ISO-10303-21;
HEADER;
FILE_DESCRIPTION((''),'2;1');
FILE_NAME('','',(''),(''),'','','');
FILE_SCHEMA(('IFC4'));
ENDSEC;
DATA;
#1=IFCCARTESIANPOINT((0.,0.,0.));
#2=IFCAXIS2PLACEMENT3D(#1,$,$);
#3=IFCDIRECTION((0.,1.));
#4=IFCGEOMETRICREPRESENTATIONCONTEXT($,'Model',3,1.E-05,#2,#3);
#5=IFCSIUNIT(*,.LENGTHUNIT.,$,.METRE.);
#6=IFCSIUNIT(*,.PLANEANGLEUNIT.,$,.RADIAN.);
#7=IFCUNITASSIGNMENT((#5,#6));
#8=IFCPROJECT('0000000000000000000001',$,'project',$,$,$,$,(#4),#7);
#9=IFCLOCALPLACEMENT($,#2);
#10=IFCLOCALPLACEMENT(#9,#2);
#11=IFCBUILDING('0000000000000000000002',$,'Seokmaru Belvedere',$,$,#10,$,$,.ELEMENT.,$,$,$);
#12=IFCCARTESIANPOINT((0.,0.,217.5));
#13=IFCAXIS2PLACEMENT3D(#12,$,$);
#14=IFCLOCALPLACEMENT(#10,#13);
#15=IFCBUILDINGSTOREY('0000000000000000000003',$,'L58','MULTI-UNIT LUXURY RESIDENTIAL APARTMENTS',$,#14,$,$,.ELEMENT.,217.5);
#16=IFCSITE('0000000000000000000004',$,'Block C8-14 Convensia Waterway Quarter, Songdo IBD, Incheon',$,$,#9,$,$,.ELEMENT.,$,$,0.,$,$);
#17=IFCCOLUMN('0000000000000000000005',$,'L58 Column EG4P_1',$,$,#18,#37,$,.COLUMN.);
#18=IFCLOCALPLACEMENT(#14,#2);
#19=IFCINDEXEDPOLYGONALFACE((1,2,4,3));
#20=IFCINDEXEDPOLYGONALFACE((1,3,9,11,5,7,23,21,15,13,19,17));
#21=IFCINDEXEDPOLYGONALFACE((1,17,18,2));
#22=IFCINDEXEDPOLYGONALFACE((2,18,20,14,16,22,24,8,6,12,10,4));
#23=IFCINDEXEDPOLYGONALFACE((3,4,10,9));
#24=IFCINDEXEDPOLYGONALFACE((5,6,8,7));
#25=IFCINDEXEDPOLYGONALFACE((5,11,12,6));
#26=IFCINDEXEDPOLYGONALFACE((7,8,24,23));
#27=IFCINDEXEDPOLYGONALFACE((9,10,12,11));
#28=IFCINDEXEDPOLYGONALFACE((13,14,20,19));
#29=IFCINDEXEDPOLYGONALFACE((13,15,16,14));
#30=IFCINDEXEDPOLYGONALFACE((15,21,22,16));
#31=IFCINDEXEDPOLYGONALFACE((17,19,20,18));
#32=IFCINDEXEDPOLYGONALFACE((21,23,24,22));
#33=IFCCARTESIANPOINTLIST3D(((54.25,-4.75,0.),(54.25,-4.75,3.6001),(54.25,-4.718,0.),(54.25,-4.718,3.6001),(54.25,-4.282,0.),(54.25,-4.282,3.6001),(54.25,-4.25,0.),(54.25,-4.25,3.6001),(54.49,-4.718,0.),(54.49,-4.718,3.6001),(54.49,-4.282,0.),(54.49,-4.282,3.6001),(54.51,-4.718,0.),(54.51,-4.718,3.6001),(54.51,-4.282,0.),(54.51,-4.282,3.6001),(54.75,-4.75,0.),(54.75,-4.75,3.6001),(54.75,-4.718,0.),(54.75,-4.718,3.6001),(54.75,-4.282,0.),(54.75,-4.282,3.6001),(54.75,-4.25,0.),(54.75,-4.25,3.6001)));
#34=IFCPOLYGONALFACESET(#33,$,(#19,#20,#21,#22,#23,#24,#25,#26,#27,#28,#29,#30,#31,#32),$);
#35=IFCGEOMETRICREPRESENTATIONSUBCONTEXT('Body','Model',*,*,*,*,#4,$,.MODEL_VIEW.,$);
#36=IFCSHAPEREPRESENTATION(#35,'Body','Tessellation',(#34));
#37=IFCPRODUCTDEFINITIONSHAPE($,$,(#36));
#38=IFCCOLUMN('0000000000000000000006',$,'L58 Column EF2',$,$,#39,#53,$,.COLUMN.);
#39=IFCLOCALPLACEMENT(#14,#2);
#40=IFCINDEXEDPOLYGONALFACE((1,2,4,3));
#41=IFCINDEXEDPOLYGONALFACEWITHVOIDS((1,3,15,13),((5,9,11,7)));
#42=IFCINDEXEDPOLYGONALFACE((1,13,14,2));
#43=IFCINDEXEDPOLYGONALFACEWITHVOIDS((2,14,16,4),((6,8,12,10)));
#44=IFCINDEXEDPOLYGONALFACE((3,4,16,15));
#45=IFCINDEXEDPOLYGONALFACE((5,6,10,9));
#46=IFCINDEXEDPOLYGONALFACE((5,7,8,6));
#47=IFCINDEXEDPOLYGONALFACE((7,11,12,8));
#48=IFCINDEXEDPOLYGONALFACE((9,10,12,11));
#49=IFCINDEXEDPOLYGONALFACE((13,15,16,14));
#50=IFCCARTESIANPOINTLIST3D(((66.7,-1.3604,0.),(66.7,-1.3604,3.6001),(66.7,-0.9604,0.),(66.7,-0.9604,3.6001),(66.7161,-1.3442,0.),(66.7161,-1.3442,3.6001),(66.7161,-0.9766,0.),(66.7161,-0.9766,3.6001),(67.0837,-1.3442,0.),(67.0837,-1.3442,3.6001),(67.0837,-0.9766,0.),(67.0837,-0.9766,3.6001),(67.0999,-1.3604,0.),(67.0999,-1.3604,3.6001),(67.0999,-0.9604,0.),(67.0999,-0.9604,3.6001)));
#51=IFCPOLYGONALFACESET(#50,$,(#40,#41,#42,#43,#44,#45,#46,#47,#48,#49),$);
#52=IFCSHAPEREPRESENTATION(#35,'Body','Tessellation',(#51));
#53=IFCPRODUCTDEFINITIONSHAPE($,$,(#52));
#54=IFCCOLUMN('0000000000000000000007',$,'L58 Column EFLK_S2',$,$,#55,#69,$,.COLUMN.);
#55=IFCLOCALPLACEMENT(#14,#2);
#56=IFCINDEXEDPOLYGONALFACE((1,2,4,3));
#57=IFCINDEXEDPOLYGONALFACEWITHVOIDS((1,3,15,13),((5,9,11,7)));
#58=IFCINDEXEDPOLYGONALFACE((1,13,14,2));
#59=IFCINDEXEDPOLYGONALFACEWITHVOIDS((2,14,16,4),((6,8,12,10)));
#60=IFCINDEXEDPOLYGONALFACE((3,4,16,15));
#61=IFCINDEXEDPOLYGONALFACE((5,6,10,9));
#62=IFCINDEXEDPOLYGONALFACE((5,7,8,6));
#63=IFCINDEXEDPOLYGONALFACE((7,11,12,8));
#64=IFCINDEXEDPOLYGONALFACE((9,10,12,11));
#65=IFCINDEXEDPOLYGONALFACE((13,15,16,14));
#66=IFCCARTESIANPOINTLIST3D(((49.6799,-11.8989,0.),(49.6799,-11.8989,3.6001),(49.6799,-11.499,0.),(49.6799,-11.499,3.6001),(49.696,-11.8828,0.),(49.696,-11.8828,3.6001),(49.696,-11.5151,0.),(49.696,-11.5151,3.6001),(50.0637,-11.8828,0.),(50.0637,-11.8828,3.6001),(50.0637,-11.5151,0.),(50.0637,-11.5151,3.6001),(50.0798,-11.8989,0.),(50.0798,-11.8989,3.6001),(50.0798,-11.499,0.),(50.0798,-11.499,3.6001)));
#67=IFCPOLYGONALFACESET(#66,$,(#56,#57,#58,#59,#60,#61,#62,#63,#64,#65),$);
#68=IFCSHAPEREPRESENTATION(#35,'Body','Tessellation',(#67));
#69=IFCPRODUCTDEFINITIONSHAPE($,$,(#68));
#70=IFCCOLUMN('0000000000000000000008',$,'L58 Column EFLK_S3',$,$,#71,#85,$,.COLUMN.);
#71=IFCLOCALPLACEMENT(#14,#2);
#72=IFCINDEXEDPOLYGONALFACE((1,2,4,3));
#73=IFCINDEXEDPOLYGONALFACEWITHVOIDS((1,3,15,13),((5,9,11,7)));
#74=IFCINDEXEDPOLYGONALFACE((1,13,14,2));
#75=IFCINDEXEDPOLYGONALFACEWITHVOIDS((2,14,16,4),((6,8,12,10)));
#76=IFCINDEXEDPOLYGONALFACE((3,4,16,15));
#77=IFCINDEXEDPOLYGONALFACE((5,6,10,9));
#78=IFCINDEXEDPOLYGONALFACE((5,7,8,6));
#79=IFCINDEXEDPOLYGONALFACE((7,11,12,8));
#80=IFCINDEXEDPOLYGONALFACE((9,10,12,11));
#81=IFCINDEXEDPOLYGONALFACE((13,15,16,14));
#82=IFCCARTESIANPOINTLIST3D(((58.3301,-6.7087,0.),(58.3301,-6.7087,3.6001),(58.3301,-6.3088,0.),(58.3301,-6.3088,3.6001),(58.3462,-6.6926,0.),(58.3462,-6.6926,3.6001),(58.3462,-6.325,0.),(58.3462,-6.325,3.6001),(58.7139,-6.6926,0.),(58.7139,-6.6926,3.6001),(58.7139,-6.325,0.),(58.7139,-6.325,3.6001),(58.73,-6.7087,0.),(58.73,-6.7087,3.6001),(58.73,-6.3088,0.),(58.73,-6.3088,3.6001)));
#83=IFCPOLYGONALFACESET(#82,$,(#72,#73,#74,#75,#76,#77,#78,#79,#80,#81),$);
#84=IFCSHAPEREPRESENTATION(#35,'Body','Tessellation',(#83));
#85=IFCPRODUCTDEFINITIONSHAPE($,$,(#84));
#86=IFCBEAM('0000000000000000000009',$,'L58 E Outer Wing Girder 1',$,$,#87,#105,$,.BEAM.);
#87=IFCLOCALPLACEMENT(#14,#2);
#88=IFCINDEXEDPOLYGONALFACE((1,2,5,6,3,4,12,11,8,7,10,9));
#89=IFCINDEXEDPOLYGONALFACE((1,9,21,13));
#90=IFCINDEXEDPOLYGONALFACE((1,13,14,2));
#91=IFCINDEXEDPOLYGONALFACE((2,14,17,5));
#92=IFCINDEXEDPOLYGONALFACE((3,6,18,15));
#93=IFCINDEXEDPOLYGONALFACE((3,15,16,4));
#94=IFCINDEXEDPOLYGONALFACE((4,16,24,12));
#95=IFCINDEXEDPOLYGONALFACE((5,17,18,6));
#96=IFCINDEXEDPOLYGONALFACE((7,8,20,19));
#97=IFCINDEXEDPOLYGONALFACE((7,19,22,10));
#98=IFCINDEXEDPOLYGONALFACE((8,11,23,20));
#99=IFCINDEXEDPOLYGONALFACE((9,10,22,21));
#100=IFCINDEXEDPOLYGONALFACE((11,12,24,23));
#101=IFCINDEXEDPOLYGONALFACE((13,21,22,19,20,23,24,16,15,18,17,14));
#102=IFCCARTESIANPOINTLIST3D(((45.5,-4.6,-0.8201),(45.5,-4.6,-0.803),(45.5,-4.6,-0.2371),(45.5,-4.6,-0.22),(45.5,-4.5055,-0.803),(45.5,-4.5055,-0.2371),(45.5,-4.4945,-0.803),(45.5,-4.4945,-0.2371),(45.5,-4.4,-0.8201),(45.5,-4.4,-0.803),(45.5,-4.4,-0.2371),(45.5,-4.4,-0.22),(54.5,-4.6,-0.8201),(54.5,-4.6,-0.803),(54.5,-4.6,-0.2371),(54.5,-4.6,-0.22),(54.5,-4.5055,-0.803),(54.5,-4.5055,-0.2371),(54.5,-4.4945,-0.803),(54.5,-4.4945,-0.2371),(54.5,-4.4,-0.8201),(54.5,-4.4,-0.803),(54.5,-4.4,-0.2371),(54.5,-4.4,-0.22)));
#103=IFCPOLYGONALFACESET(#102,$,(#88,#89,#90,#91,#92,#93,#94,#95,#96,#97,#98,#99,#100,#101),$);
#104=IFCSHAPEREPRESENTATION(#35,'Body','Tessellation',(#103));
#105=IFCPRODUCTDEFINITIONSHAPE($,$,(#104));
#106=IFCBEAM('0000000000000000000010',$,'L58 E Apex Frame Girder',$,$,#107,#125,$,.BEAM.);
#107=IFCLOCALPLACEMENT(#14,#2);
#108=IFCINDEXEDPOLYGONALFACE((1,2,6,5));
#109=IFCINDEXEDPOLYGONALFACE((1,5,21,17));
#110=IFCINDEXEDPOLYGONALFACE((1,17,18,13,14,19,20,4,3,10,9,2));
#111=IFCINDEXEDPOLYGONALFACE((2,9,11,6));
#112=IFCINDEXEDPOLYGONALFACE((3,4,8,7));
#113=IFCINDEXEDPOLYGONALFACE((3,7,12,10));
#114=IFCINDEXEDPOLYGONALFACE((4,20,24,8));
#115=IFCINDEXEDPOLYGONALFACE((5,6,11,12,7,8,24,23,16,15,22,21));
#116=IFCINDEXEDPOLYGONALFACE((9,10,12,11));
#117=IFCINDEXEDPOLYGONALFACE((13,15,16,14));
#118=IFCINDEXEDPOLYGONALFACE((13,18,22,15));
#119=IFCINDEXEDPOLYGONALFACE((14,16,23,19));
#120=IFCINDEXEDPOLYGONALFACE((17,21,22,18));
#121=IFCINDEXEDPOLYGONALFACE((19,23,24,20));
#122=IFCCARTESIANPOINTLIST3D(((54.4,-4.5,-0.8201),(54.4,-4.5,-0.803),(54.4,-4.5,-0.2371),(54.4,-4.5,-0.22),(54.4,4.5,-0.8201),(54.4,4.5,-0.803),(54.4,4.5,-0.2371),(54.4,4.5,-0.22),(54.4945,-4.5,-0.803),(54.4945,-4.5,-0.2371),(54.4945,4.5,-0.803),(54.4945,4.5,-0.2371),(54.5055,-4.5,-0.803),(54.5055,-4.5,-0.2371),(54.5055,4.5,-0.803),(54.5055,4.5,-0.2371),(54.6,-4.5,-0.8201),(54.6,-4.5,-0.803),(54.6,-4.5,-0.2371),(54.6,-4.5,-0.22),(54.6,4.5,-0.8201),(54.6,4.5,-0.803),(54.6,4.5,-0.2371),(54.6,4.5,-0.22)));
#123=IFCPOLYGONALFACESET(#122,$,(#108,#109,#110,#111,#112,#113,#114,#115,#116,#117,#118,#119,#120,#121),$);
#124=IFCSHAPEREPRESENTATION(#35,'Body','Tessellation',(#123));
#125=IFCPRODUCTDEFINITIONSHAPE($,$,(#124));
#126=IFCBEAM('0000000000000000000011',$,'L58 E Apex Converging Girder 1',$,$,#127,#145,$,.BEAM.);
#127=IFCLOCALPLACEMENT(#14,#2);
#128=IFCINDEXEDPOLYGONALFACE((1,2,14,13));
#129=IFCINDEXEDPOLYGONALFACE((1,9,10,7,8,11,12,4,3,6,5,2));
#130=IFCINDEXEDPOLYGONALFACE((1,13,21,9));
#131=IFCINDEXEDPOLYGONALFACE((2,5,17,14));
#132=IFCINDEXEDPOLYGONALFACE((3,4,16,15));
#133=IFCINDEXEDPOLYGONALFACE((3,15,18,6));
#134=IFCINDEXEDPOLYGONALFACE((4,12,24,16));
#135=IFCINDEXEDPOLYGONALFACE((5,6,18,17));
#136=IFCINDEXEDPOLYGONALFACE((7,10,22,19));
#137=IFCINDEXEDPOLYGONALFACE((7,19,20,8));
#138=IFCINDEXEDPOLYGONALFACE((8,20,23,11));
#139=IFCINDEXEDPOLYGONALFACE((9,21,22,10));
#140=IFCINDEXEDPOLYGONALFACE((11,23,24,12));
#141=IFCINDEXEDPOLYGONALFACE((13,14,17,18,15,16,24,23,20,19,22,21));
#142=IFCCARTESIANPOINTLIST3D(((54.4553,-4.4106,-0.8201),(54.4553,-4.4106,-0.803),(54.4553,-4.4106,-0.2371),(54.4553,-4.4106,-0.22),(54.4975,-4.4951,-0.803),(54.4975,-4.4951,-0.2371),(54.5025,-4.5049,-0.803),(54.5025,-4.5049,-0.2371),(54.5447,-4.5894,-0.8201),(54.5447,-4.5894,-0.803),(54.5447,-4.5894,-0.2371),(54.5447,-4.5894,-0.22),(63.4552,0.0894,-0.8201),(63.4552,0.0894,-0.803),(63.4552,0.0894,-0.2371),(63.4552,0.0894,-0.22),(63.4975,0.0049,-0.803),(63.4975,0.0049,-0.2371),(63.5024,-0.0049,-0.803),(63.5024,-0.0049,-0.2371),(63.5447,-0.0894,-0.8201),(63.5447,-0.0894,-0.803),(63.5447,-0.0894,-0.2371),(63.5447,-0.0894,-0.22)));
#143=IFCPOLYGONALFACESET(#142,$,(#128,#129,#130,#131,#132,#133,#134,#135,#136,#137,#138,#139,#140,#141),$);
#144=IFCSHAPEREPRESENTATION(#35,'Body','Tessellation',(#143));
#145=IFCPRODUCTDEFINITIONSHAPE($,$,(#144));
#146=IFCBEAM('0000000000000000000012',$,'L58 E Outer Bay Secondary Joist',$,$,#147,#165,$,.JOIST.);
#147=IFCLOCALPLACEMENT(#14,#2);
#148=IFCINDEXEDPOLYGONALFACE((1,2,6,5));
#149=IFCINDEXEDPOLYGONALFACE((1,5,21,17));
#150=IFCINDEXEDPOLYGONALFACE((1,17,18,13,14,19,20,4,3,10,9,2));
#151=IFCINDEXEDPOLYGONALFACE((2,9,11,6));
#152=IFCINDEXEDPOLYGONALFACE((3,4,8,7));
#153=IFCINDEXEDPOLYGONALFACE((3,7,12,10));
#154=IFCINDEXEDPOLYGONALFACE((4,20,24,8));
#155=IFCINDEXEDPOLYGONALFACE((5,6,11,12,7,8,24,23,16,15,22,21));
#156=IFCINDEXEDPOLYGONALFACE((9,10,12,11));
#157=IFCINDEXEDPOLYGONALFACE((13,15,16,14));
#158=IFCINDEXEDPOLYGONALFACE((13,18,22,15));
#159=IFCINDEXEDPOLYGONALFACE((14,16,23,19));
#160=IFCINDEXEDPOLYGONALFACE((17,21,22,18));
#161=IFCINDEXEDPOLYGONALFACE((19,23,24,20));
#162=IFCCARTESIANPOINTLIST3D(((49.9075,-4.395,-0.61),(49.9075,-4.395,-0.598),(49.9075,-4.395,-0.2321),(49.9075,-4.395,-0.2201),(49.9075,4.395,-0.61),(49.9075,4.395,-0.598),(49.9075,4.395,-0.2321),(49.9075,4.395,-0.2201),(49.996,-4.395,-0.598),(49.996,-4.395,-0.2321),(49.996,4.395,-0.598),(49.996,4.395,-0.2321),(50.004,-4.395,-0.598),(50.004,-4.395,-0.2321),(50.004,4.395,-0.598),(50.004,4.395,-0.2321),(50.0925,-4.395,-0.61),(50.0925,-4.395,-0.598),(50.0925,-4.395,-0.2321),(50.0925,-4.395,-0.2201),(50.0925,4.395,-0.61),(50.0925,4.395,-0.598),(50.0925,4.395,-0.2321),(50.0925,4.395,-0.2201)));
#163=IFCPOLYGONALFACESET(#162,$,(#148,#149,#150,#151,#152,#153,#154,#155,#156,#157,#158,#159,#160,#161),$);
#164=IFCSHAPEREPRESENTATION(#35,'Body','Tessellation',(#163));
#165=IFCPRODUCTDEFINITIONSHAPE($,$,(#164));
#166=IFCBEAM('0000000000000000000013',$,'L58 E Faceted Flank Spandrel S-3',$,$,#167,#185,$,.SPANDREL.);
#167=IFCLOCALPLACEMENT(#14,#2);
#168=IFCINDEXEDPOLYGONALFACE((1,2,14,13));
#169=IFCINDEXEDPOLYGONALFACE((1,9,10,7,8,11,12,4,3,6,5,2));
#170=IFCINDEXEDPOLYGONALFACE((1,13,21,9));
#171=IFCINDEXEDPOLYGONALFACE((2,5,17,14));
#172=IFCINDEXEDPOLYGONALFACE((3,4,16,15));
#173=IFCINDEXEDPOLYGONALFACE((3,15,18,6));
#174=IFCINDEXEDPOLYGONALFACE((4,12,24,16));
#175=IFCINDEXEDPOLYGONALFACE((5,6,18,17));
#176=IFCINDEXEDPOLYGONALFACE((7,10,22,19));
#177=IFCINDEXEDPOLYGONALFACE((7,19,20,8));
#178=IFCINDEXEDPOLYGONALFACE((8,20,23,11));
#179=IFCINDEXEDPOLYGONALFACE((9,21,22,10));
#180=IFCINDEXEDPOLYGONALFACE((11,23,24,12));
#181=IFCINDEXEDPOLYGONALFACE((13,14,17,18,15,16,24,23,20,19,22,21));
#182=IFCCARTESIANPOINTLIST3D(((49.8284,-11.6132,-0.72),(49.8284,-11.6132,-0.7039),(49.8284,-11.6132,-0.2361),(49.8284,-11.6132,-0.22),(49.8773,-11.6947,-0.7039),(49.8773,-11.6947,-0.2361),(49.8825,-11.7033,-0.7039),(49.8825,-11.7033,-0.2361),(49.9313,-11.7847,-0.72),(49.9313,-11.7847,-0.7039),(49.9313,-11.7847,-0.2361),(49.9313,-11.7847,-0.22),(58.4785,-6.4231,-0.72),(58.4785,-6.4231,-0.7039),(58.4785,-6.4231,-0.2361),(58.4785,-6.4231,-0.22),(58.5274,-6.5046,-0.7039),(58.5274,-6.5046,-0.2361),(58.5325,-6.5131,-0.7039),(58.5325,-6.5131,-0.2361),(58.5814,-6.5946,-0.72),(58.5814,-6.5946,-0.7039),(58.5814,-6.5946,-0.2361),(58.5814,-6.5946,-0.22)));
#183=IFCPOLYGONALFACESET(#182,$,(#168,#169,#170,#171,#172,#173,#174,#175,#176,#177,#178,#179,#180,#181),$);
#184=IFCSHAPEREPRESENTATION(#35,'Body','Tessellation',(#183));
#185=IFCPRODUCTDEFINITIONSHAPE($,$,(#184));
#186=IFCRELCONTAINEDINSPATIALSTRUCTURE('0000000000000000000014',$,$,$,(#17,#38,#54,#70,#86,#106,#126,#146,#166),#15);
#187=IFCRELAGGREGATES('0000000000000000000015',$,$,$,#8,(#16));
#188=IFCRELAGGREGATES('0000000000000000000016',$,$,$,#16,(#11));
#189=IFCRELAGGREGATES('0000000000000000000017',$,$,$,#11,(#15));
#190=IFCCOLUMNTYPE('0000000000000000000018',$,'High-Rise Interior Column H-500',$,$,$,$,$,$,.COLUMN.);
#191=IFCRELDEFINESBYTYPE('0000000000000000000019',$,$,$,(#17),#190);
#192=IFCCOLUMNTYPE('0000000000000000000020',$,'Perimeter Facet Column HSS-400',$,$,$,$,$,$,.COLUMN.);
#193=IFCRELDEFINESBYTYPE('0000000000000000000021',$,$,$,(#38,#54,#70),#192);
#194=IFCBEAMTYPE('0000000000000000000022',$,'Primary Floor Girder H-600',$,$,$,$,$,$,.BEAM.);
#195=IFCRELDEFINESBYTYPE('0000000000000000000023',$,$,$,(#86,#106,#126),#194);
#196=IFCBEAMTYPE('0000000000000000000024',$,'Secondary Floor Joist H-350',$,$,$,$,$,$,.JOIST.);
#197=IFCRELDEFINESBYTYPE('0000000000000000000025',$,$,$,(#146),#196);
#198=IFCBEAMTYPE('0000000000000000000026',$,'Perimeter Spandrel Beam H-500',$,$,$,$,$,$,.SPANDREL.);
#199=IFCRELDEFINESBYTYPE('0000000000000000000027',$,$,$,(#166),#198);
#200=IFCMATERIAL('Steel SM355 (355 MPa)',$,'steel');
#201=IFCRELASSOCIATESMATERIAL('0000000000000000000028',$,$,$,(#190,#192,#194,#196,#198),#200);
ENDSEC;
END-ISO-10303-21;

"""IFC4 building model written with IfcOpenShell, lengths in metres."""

from ifc_helpers import new_model, si_unit, direction, frame, origin, origin_2d, place, context, subcontext, project, spatial, hollow_rectangle, i_section, extrude, source, transform, mapped, material, material_profile, profile_set, type_object, type_shapes, element, save


model = new_model("IFC4")

# Units and contexts
model_context = context("Model", 3, precision=1e-05, world=origin(), true_north=direction((0.0, 1.0)))
body_context = subcontext(model_context, "Body", "Model", "MODEL_VIEW")
ifc_project = project(units=[si_unit("LENGTHUNIT", "METRE"), si_unit("PLANEANGLEUNIT", "RADIAN")], contexts=[model_context])

# Site, building, storey
site_placement = place(None, origin())
site = spatial("IfcSite", under=ifc_project, at=site_placement, Name="Block C8-14 Convensia Waterway Quarter, Songdo IBD, Incheon", CompositionType="ELEMENT", RefElevation=0.0)
building_placement = place(site_placement, origin())
building = spatial("IfcBuilding", under=site, at=building_placement, Name="Seokmaru Belvedere", CompositionType="ELEMENT")
storey_placement = place(building_placement, frame((0.0, 0.0, 217.5)))
storey = spatial("IfcBuildingStorey", under=building, at=storey_placement, Name="L58", Description="MULTI-UNIT LUXURY RESIDENTIAL APARTMENTS", CompositionType="ELEMENT", Elevation=217.5)

# Columns
ifc_material_1 = material(Name="Steel SM355 (355 MPa)", Category="steel")
ifc_material_profile_1 = material_profile(ifc_material_1, i_section(OverallWidth=0.5, OverallDepth=0.5, WebThickness=0.02, FlangeThickness=0.032, at=origin_2d()), Name="H-500x500x20x32")
ifc_profile_set_1 = profile_set([ifc_material_profile_1], Name="Steel SM355 (355 MPa)")
column_type_1 = type_object("IfcColumnType", Name="High-Rise Interior Column H-500", PredefinedType="COLUMN", material=ifc_profile_set_1)
shared_shape_1 = source(origin(), body_context, "Body", "SweptSolid", [
    extrude(i_section(OverallWidth=0.5, OverallDepth=0.5, WebThickness=0.02, FlangeThickness=0.032, at=origin_2d()), origin(), (0.0, 0.0, 1.0), 3.6001),
])
type_shapes(column_type_1, [shared_shape_1])
column_placement = place(storey_placement, frame((54.5, -4.5, 0.0), z_axis=(0.0, 0.0, 1.0), x_axis=(1.0, 0.0, 0.0)))
element("IfcColumn", 1, at=column_placement, inside=storey, type_object=column_type_1, Name="L58 Column EG4P_1", PredefinedType="COLUMN", context=body_context, shape_type="MappedRepresentation", body=[
    mapped(shared_shape_1, transform((0.0, 0.0, 0.0), scale=1.0)),
])
ifc_material_profile_2 = material_profile(ifc_material_1, hollow_rectangle(XDim=0.3999, YDim=0.3999, WallThickness=0.0161, at=origin_2d()), Name="HSS-400x400x16")
ifc_profile_set_2 = profile_set([ifc_material_profile_2], Name="Steel SM355 (355 MPa)")
column_type_2 = type_object("IfcColumnType", Name="Perimeter Facet Column HSS-400", PredefinedType="COLUMN", material=ifc_profile_set_2)
shared_shape_2 = source(origin(), body_context, "Body", "SweptSolid", [
    extrude(hollow_rectangle(XDim=0.3999, YDim=0.3999, WallThickness=0.0161, at=origin_2d()), origin(), (0.0, 0.0, 1.0), 3.6001),
])
type_shapes(column_type_2, [shared_shape_2])
for number, where, z_axis, x_axis, name in (
    (2, (66.8999, -1.1604, 0.0), (0.0, 0.0, 1.0), (1.0, 0.0, 0.0), "L58 Column EF2"),
    (3, (49.8799, -11.699, 0.0), (0.0, 0.0, 1.0), (1.0, 0.0, 0.0), "L58 Column EFLK_S2"),
    (4, (58.53, -6.5088, 0.0), (0.0, 0.0, 1.0), (1.0, 0.0, 0.0), "L58 Column EFLK_S3"),
):
    element("IfcColumn", number, at=place(storey_placement, frame(where, z_axis=z_axis, x_axis=x_axis)), inside=storey, type_object=column_type_2, Name=name, PredefinedType="COLUMN", context=body_context, shape_type="MappedRepresentation", body=[
        mapped(shared_shape_2, transform((0.0, 0.0, 0.0), scale=1.0)),
    ])

# Beams
ifc_material_profile_3 = material_profile(ifc_material_1, i_section(OverallWidth=0.2, OverallDepth=0.6001, WebThickness=0.011, FlangeThickness=0.0171, at=origin_2d()), Name="H-600x200x11x17")
ifc_profile_set_3 = profile_set([ifc_material_profile_3], Name="Steel SM355 (355 MPa)")
beam_type_1 = type_object("IfcBeamType", Name="Primary Floor Girder H-600", PredefinedType="BEAM", material=ifc_profile_set_3)
shared_shape_3 = source(origin(), body_context, "Body", "SweptSolid", [
    extrude(i_section(OverallWidth=0.2, OverallDepth=0.6001, WebThickness=0.011, FlangeThickness=0.0171, at=origin_2d()), origin(), (0.0, 0.0, 1.0), 9.0),
])
for number, where, z_axis, x_axis, name in (
    (5, (45.5, -4.5, -0.52), (1.0, 0.0, 0.0), (0.0, 1.0, 0.0), "L58 E Outer Wing Girder 1"),
    (6, (54.5, -4.5, -0.52), (0.0, 1.0, 0.0), (-1.0, 0.0, 0.0), "L58 E Apex Frame Girder"),
):
    element("IfcBeam", number, at=place(storey_placement, frame(where, z_axis=z_axis, x_axis=x_axis)), inside=storey, type_object=beam_type_1, Name=name, PredefinedType="BEAM", context=body_context, shape_type="MappedRepresentation", body=[
        mapped(shared_shape_3, transform((0.0, 0.0, 0.0), scale=1.0)),
    ])
shared_shape_4 = source(origin(), body_context, "Body", "SweptSolid", [
    extrude(i_section(OverallWidth=0.2, OverallDepth=0.6001, WebThickness=0.011, FlangeThickness=0.0171, at=origin_2d()), origin(), (0.0, 0.0, 1.0), 10.0623),
])
beam_1_placement = place(storey_placement, frame((54.5, -4.5, -0.52), z_axis=(0.894427, 0.447214, 0.0), x_axis=(-0.447214, 0.894427, 0.0)))
element("IfcBeam", 7, at=beam_1_placement, inside=storey, type_object=beam_type_1, Name="L58 E Apex Converging Girder 1", PredefinedType="BEAM", context=body_context, shape_type="MappedRepresentation", body=[
    mapped(shared_shape_4, transform((0.0, 0.0, 0.0), scale=1.0)),
])
ifc_material_profile_4 = material_profile(ifc_material_1, i_section(OverallWidth=0.1851, OverallDepth=0.3899, WebThickness=0.0081, FlangeThickness=0.012, at=origin_2d()), Name="H-390x185x8x12")
ifc_profile_set_4 = profile_set([ifc_material_profile_4], Name="Steel SM355 (355 MPa)")
beam_type_2 = type_object("IfcBeamType", Name="Secondary Floor Joist H-350", PredefinedType="JOIST", material=ifc_profile_set_4)
shared_shape_5 = source(origin(), body_context, "Body", "SweptSolid", [
    extrude(i_section(OverallWidth=0.1851, OverallDepth=0.3899, WebThickness=0.0081, FlangeThickness=0.012, at=origin_2d()), origin(), (0.0, 0.0, 1.0), 8.79),
])
type_shapes(beam_type_2, [shared_shape_5])
beam_2_placement = place(storey_placement, frame((50.0, -4.395, -0.415), z_axis=(0.0, 1.0, 0.0), x_axis=(-1.0, 0.0, 0.0)))
element("IfcBeam", 8, at=beam_2_placement, inside=storey, type_object=beam_type_2, Name="L58 E Outer Bay Secondary Joist", PredefinedType="JOIST", context=body_context, shape_type="MappedRepresentation", body=[
    mapped(shared_shape_5, transform((0.0, 0.0, 0.0), scale=1.0)),
])
ifc_material_profile_5 = material_profile(ifc_material_1, i_section(OverallWidth=0.2, OverallDepth=0.5, WebThickness=0.01, FlangeThickness=0.0161, at=origin_2d()), Name="H-500x200x10x16")
ifc_profile_set_5 = profile_set([ifc_material_profile_5], Name="Steel SM355 (355 MPa)")
beam_type_3 = type_object("IfcBeamType", Name="Perimeter Spandrel Beam H-500", PredefinedType="SPANDREL", material=ifc_profile_set_5)
shared_shape_6 = source(origin(), body_context, "Body", "SweptSolid", [
    extrude(i_section(OverallWidth=0.2, OverallDepth=0.5, WebThickness=0.01, FlangeThickness=0.0161, at=origin_2d()), origin(), (0.0, 0.0, 1.0), 10.0876),
])
beam_3_placement = place(storey_placement, frame((49.8799, -11.699, -0.47), z_axis=(0.857489, 0.514503, 0.0), x_axis=(-0.514503, 0.857489, 0.0)))
element("IfcBeam", 9, at=beam_3_placement, inside=storey, type_object=beam_type_3, Name="L58 E Faceted Flank Spandrel S-3", PredefinedType="SPANDREL", context=body_context, shape_type="MappedRepresentation", body=[
    mapped(shared_shape_6, transform((0.0, 0.0, 0.0), scale=1.0)),
])

save(model, "model.ifc")
